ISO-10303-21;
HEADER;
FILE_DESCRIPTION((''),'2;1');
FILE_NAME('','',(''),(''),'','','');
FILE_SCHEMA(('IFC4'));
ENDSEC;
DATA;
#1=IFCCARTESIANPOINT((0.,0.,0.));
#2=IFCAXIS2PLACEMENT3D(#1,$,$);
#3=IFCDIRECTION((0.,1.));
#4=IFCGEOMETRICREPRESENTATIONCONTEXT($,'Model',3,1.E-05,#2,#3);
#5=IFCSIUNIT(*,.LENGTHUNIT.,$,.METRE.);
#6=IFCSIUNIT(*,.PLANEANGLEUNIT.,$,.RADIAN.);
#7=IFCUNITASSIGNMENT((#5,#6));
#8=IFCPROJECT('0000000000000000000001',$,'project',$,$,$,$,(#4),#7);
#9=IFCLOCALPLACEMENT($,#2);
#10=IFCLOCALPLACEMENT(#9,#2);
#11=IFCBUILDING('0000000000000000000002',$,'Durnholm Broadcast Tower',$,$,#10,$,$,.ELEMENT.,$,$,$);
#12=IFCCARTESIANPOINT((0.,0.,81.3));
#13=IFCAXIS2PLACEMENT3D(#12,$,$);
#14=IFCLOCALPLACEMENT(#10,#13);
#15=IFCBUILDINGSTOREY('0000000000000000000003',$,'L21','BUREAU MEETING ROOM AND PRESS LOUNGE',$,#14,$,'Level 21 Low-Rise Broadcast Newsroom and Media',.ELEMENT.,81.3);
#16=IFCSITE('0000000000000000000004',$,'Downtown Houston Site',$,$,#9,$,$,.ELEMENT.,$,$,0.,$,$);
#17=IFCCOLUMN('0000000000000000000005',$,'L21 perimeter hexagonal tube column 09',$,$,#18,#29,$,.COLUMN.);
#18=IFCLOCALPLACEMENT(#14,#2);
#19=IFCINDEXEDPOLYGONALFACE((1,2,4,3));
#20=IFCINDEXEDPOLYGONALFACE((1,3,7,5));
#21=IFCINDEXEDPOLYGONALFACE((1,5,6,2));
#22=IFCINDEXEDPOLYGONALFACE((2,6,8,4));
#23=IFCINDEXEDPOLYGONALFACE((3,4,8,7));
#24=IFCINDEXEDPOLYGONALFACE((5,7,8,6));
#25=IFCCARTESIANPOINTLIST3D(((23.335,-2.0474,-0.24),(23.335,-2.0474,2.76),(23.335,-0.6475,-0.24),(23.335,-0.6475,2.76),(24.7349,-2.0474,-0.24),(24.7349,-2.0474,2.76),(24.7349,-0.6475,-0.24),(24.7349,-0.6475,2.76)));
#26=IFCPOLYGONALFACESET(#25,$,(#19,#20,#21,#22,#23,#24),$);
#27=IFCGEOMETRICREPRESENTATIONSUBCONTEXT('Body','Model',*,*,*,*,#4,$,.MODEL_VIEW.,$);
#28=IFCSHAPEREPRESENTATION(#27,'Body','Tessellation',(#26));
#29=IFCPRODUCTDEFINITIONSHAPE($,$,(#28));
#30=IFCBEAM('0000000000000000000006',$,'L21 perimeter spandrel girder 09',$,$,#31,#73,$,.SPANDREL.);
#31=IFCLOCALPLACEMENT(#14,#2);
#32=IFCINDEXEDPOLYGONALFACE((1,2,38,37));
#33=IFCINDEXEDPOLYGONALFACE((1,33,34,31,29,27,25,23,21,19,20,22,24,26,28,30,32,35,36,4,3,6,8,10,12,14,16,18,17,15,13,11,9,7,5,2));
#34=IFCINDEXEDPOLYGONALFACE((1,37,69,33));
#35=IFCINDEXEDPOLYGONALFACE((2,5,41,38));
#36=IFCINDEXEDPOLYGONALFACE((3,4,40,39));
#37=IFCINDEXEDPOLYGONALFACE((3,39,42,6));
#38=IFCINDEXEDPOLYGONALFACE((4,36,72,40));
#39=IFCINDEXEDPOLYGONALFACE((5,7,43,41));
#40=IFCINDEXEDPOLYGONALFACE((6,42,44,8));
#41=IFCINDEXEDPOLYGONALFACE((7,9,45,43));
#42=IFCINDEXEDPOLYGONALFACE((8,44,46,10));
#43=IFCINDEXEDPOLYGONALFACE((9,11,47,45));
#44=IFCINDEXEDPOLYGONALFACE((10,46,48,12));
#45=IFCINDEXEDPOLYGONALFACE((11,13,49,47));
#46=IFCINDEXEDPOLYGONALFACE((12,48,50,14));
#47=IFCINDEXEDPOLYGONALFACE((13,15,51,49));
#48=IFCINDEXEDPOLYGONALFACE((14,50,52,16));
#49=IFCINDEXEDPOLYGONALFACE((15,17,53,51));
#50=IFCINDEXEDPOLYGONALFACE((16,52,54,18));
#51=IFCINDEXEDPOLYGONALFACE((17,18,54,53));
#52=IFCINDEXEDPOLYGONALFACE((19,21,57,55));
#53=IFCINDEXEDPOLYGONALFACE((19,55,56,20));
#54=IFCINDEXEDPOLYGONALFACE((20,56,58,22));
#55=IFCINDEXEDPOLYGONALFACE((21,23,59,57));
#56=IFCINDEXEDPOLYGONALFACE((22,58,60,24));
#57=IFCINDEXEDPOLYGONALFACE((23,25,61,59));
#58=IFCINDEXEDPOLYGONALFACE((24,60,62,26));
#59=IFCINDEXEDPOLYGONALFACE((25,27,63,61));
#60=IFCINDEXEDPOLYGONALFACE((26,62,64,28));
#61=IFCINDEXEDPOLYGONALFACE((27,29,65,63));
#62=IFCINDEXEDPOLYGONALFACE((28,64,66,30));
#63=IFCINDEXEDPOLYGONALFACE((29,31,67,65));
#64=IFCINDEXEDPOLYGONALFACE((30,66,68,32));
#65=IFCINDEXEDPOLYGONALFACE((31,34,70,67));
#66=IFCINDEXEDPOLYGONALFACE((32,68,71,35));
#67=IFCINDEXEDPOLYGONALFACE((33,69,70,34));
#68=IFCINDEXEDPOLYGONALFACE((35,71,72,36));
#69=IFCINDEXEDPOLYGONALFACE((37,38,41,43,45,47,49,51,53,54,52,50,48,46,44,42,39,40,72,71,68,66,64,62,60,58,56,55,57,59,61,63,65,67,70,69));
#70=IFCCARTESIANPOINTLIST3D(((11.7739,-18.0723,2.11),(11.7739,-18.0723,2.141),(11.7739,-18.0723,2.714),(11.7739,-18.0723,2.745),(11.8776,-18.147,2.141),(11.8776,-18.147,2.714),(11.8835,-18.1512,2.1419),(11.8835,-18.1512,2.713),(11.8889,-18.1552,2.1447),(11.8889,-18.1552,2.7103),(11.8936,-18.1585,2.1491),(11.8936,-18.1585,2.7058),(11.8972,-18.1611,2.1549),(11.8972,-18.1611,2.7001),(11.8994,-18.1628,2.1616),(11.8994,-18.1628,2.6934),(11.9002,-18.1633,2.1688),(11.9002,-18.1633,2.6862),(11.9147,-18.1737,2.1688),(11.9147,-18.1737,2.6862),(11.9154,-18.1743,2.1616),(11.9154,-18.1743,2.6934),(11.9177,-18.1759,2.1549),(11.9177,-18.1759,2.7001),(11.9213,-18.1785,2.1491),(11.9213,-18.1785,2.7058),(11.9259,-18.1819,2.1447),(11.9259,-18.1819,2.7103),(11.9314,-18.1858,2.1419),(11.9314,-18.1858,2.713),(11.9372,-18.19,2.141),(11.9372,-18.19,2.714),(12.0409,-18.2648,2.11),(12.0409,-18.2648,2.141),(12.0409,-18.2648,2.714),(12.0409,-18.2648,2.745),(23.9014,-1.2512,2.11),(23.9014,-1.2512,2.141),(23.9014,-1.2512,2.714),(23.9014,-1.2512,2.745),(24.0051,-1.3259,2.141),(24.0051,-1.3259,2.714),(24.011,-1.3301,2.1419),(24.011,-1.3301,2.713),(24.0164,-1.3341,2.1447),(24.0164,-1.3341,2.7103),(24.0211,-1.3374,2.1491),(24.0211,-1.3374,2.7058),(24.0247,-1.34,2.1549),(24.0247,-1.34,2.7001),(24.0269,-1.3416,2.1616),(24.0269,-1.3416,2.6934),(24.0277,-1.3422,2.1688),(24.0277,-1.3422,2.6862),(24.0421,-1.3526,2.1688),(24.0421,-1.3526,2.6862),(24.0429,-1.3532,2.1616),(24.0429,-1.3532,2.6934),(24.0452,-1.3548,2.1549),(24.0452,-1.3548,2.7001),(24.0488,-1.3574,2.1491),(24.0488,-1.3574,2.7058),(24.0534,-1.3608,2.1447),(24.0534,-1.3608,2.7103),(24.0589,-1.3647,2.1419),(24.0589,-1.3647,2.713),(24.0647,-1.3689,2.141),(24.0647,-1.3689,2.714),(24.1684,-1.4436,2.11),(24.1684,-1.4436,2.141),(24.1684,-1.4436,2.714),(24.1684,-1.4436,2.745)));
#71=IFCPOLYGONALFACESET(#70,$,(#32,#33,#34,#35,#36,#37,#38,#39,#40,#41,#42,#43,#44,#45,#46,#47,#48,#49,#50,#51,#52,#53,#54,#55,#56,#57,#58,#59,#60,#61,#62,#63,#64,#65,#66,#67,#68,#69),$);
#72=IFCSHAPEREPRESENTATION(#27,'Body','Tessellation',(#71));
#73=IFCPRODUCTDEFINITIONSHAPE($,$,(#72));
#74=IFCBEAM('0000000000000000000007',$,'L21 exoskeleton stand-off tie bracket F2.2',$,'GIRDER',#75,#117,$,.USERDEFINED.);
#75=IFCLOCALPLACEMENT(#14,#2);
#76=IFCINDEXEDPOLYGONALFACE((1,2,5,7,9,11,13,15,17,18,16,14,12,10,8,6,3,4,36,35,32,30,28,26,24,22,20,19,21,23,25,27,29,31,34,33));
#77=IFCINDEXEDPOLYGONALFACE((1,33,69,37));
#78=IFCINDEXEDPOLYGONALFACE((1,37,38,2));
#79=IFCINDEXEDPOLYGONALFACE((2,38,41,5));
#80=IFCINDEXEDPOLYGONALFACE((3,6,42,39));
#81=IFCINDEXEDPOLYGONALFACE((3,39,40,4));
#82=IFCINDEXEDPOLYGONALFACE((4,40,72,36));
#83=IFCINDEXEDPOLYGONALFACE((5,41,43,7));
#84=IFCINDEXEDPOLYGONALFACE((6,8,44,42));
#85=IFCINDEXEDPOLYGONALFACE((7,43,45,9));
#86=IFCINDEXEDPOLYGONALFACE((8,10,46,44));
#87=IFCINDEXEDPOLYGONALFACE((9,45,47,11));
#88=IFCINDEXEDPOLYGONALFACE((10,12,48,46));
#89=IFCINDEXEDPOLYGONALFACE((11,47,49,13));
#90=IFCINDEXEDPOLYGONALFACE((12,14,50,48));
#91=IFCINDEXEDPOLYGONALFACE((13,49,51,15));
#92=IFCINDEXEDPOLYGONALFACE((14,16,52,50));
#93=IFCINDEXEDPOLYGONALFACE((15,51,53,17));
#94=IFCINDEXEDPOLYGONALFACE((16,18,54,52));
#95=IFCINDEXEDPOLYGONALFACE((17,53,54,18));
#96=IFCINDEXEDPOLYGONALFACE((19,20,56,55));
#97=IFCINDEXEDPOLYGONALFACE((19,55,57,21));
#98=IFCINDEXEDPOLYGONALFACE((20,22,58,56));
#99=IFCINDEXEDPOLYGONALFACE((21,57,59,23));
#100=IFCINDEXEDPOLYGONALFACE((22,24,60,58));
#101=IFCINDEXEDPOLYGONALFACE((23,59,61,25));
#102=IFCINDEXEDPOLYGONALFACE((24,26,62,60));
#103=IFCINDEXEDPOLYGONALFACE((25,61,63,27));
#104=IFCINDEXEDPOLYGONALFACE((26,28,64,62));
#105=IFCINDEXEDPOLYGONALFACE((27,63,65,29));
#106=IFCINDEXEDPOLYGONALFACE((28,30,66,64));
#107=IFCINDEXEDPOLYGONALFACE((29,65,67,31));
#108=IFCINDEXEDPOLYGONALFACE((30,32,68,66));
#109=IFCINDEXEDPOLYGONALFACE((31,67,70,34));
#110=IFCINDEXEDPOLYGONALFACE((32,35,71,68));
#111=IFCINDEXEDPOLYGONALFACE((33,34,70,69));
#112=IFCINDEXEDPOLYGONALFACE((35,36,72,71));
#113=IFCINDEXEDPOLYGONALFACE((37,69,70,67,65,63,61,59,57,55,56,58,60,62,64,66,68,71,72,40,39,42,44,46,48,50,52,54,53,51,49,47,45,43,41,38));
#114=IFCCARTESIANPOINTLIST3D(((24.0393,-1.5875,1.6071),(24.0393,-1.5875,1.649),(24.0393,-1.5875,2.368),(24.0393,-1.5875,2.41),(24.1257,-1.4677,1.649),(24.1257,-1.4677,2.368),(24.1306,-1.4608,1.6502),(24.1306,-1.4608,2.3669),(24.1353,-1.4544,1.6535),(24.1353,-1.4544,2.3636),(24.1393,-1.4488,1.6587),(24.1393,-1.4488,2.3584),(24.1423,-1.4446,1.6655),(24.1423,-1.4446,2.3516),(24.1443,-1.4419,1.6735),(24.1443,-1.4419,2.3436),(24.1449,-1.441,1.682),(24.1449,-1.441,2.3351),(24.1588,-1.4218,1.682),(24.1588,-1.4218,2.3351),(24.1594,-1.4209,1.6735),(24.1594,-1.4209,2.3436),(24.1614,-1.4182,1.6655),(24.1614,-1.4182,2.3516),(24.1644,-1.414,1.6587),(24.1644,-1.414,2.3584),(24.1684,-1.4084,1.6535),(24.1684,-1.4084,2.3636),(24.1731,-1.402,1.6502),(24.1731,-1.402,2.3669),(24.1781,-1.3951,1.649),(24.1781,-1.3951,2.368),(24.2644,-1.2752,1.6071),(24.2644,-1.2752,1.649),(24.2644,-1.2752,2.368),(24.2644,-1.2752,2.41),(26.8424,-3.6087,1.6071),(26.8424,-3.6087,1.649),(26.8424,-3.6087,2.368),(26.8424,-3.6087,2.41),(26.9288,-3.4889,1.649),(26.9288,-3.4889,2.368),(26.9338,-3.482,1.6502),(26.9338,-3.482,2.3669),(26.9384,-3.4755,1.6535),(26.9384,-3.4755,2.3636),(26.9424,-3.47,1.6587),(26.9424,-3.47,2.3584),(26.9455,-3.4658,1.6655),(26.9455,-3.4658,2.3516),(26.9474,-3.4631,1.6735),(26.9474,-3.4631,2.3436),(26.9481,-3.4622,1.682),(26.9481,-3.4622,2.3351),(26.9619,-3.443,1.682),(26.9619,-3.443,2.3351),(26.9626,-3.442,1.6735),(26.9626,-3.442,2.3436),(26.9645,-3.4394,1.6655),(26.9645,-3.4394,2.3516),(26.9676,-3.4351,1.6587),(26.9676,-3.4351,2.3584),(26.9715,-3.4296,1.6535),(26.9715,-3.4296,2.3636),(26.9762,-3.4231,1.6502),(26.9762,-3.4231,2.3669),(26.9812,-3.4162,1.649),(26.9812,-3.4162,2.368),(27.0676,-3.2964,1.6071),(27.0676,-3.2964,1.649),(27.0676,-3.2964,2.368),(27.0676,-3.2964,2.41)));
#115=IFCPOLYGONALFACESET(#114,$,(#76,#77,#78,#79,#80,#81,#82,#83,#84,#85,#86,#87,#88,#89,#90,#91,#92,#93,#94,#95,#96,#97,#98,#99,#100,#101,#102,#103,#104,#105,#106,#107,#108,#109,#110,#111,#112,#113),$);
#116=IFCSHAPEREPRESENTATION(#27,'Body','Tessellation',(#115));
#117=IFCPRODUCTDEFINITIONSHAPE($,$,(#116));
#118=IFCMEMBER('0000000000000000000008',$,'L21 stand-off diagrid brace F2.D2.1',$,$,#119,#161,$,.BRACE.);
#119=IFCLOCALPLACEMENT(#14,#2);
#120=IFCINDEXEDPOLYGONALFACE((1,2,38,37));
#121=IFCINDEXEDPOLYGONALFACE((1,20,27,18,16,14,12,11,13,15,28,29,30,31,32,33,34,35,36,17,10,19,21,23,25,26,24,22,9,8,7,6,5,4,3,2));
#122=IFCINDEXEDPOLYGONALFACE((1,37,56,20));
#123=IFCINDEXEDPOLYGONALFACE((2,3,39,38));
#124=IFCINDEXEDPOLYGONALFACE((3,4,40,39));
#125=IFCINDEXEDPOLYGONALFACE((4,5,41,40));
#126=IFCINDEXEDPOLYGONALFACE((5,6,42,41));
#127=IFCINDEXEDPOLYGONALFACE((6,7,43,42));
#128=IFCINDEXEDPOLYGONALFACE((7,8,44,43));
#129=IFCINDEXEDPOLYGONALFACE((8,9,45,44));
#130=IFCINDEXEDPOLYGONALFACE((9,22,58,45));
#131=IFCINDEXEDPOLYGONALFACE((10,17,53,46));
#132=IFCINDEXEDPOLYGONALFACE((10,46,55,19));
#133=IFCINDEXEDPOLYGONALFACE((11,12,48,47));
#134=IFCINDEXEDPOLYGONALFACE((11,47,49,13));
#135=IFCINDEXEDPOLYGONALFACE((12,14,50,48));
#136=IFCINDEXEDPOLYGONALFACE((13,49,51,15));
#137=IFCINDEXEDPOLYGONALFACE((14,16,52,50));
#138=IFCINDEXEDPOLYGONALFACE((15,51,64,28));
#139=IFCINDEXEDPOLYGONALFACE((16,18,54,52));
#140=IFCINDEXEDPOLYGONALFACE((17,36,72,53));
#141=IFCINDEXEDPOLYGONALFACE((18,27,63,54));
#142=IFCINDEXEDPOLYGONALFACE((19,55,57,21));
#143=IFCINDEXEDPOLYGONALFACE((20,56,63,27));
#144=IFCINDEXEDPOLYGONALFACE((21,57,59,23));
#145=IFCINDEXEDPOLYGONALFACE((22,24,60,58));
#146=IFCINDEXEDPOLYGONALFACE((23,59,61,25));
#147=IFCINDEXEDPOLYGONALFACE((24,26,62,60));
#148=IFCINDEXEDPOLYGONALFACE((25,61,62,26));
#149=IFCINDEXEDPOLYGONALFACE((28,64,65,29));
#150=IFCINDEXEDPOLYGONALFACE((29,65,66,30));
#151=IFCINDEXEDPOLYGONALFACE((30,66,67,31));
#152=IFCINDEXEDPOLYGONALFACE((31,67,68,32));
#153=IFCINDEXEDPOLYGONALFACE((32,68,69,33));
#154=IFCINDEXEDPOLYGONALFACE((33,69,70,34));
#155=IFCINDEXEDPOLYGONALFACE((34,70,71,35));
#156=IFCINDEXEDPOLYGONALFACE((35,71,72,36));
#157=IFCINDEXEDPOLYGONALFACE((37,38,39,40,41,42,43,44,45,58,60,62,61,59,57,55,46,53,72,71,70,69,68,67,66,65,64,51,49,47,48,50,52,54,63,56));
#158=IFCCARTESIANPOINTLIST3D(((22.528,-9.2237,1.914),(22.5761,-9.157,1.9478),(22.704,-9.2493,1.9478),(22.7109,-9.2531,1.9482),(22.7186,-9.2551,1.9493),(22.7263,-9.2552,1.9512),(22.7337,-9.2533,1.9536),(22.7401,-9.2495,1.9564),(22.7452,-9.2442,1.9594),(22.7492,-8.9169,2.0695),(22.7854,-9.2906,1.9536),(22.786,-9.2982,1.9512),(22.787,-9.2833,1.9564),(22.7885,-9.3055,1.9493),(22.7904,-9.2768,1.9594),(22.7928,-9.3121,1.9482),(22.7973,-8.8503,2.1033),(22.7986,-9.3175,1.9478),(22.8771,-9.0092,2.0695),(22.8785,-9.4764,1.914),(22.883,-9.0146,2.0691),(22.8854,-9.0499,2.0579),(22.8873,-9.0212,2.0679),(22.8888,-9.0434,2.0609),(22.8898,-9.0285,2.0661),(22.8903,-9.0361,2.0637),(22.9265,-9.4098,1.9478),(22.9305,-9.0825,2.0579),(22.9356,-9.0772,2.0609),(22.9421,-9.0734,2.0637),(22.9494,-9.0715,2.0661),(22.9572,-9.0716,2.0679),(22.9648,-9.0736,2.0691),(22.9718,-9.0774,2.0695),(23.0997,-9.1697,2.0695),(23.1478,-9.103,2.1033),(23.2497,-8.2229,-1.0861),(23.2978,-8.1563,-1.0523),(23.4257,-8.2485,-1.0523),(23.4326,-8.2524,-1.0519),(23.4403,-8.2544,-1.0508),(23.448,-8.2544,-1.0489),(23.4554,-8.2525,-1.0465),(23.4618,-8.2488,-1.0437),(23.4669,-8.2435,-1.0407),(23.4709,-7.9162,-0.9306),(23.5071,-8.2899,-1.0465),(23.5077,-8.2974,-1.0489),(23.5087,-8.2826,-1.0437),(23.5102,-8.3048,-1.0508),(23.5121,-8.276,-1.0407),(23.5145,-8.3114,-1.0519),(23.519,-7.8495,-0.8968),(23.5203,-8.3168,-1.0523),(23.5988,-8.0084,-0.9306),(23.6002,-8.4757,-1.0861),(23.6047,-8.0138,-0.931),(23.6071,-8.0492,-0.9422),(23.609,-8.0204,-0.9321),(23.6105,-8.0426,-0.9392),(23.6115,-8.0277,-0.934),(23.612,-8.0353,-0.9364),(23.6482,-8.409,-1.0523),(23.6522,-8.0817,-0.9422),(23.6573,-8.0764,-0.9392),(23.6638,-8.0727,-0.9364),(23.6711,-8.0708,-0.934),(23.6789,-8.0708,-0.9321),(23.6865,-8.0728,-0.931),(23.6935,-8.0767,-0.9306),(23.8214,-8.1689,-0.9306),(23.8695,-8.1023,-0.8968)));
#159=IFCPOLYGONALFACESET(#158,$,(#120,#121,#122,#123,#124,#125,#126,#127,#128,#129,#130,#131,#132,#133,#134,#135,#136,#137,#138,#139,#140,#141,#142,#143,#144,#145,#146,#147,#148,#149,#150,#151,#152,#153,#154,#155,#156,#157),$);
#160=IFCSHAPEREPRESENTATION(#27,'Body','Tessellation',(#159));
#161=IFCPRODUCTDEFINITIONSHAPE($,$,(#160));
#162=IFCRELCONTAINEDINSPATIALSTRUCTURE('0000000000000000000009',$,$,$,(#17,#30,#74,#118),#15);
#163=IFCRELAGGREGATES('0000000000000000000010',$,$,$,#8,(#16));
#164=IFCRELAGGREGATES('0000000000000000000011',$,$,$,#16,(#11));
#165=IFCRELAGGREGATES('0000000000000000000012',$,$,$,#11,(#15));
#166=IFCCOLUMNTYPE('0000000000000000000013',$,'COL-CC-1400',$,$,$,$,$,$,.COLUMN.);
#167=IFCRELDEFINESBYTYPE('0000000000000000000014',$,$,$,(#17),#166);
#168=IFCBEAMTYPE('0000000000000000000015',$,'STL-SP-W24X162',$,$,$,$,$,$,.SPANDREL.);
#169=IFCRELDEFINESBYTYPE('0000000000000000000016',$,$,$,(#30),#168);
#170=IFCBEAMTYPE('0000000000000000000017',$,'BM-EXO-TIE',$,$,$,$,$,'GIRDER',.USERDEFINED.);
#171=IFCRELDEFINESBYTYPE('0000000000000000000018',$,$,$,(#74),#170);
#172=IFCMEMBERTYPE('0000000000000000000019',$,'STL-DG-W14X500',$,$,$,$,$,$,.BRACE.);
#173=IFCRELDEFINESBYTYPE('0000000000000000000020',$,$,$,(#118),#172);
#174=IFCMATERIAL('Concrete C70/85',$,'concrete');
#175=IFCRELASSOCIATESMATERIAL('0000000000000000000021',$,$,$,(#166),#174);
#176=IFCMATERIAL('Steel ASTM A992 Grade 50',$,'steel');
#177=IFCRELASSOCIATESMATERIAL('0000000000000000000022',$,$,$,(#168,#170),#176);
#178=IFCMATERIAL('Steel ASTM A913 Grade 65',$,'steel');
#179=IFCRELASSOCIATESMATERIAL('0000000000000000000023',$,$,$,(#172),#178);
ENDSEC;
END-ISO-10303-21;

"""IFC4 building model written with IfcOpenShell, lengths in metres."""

from ifc_helpers import new_model, si_unit, direction, frame, origin, origin_2d, place, context, subcontext, project, spatial, rectangle, i_section, extrude, source, transform, mapped, material, material_profile, profile_set, type_object, type_shapes, element, save


model = new_model("IFC4")

# Units and contexts
model_context = context("Model", 3, precision=1e-05, world=origin(), true_north=direction((0.0, 1.0)))
body_context = subcontext(model_context, "Body", "Model", "MODEL_VIEW")
ifc_project = project(units=[si_unit("LENGTHUNIT", "METRE"), si_unit("PLANEANGLEUNIT", "RADIAN")], contexts=[model_context])

# Site, building, storey
site_placement = place(None, origin())
site = spatial("IfcSite", under=ifc_project, at=site_placement, Name="Downtown Houston Site", CompositionType="ELEMENT", RefElevation=0.0)
building_placement = place(site_placement, origin())
building = spatial("IfcBuilding", under=site, at=building_placement, Name="Durnholm Broadcast Tower", CompositionType="ELEMENT")
storey_placement = place(building_placement, frame((0.0, 0.0, 81.3)))
storey = spatial("IfcBuildingStorey", under=building, at=storey_placement, Name="L21", Description="BUREAU MEETING ROOM AND PRESS LOUNGE", LongName="Level 21 Low-Rise Broadcast Newsroom and Media", CompositionType="ELEMENT", Elevation=81.3)

# Column
ifc_material_1 = material(Name="Concrete C70/85", Category="concrete")
ifc_material_profile_1 = material_profile(ifc_material_1, rectangle(XDim=1.3999, YDim=1.3999, at=origin_2d()), Name="RC1400X1400")
ifc_profile_set_1 = profile_set([ifc_material_profile_1], Name="Concrete C70/85")
column_type = type_object("IfcColumnType", Name="COL-CC-1400", PredefinedType="COLUMN", material=ifc_profile_set_1)
shared_shape_1 = source(origin(), body_context, "Body", "SweptSolid", [
    extrude(rectangle(XDim=1.3999, YDim=1.3999, at=origin_2d()), origin(), (0.0, 0.0, 1.0), 3.0),
])
type_shapes(column_type, [shared_shape_1])
column_placement = place(storey_placement, frame((24.0349, -1.3474, -0.24), z_axis=(0.0, 0.0, 1.0), x_axis=(1.0, 0.0, 0.0)))
element("IfcColumn", 1, at=column_placement, inside=storey, type_object=column_type, Name="L21 perimeter hexagonal tube column 09", PredefinedType="COLUMN", context=body_context, shape_type="MappedRepresentation", body=[
    mapped(shared_shape_1, transform((0.0, 0.0, 0.0), x_axis=(1.0, 0.0, 0.0), y_axis=(0.0, 1.0, 0.0), z_axis=(0.0, 0.0, 1.0), scale=1.0)),
])

# Beams
ifc_material_2 = material(Name="Steel ASTM A992 Grade 50", Category="steel")
ifc_material_profile_2 = material_profile(ifc_material_2, i_section(OverallWidth=0.3291, OverallDepth=0.635, WebThickness=0.0178, FlangeThickness=0.031, FilletRadius=0.0278, at=origin_2d()), Name="W24X162")
ifc_profile_set_2 = profile_set([ifc_material_profile_2], Name="Steel ASTM A992 Grade 50")
beam_type_1 = type_object("IfcBeamType", Name="STL-SP-W24X162", PredefinedType="SPANDREL", material=ifc_profile_set_2)
shared_shape_2 = source(origin(), body_context, "Body", "SweptSolid", [
    extrude(i_section(OverallWidth=0.3291, OverallDepth=0.635, WebThickness=0.0178, FlangeThickness=0.031, FilletRadius=0.0278, at=origin_2d()), origin(), (0.0, 0.0, 1.0), 20.7371),
])
type_shapes(beam_type_1, [shared_shape_2])
beam_1_placement = place(storey_placement, frame((24.0349, -1.3474, 2.4275), z_axis=(-0.584822, -0.811162, 0.0), x_axis=(0.811162, -0.584822, 0.0)))
element("IfcBeam", 2, at=beam_1_placement, inside=storey, type_object=beam_type_1, Name="L21 perimeter spandrel girder 09", PredefinedType="SPANDREL", context=body_context, shape_type="MappedRepresentation", body=[
    mapped(shared_shape_2, transform((0.0, 0.0, 0.0), x_axis=(1.0, 0.0, 0.0), y_axis=(0.0, 1.0, 0.0), z_axis=(0.0, 0.0, 1.0), scale=1.0)),
])
ifc_material_profile_3 = material_profile(ifc_material_2, i_section(OverallWidth=0.385, OverallDepth=0.803, WebThickness=0.0237, FlangeThickness=0.042, FilletRadius=0.033, at=origin_2d()), Name="W30X261")
ifc_profile_set_3 = profile_set([ifc_material_profile_3], Name="Steel ASTM A992 Grade 50")
beam_type_2 = type_object("IfcBeamType", Name="BM-EXO-TIE", ElementType="GIRDER", PredefinedType="USERDEFINED", material=ifc_profile_set_3)
shared_shape_3 = source(origin(), body_context, "Body", "SweptSolid", [
    extrude(i_section(OverallWidth=0.385, OverallDepth=0.803, WebThickness=0.0237, FlangeThickness=0.042, FilletRadius=0.033, at=origin_2d()), origin(), (0.0, 0.0, 1.0), 3.4558),
])
type_shapes(beam_type_2, [shared_shape_3])
beam_2_placement = place(storey_placement, frame((24.1519, -1.4314, 2.0085), z_axis=(0.811134, -0.584861, 0.0), x_axis=(0.584861, 0.811134, 0.0)))
element("IfcBeam", 3, at=beam_2_placement, inside=storey, type_object=beam_type_2, Name="L21 exoskeleton stand-off tie bracket F2.2", ObjectType="GIRDER", PredefinedType="USERDEFINED", context=body_context, shape_type="MappedRepresentation", body=[
    mapped(shared_shape_3, transform((0.0, 0.0, 0.0), x_axis=(1.0, 0.0, 0.0), y_axis=(0.0, 1.0, 0.0), z_axis=(0.0, 0.0, 1.0), scale=1.0)),
])

# Member
ifc_material_3 = material(Name="Steel ASTM A913 Grade 65", Category="steel")
ifc_material_profile_4 = material_profile(ifc_material_3, i_section(OverallWidth=0.4321, OverallDepth=0.4978, WebThickness=0.0557, FlangeThickness=0.0889, FilletRadius=0.0305, at=origin_2d()), Name="W14X500")
ifc_profile_set_4 = profile_set([ifc_material_profile_4], Name="Steel ASTM A913 Grade 65")
member_type_1 = type_object("IfcMemberType", Name="STL-DG-W14X500", PredefinedType="BRACE", material=ifc_profile_set_4)
shared_shape_4 = source(origin(), body_context, "Body", "SweptSolid", [
    extrude(i_section(OverallWidth=0.4321, OverallDepth=0.4978, WebThickness=0.0557, FlangeThickness=0.0889, FilletRadius=0.0305, at=origin_2d()), origin(), (0.0, 0.0, 1.0), 3.2439),
])
member_1_placement = place(storey_placement, frame((23.5596, -8.1626, -0.9915), z_axis=(-0.222479, -0.308505, 0.924839), x_axis=(0.811091, -0.58492, 0.0)))
element("IfcMember", 4, at=member_1_placement, inside=storey, type_object=member_type_1, Name="L21 stand-off diagrid brace F2.D2.1", PredefinedType="BRACE", context=body_context, shape_type="MappedRepresentation", body=[
    mapped(shared_shape_4, transform((0.0, 0.0, 0.0), x_axis=(1.0, 0.0, 0.0), y_axis=(0.0, 1.0, 0.0), z_axis=(0.0, 0.0, 1.0), scale=1.0)),
])

save(model, "model.ifc")
